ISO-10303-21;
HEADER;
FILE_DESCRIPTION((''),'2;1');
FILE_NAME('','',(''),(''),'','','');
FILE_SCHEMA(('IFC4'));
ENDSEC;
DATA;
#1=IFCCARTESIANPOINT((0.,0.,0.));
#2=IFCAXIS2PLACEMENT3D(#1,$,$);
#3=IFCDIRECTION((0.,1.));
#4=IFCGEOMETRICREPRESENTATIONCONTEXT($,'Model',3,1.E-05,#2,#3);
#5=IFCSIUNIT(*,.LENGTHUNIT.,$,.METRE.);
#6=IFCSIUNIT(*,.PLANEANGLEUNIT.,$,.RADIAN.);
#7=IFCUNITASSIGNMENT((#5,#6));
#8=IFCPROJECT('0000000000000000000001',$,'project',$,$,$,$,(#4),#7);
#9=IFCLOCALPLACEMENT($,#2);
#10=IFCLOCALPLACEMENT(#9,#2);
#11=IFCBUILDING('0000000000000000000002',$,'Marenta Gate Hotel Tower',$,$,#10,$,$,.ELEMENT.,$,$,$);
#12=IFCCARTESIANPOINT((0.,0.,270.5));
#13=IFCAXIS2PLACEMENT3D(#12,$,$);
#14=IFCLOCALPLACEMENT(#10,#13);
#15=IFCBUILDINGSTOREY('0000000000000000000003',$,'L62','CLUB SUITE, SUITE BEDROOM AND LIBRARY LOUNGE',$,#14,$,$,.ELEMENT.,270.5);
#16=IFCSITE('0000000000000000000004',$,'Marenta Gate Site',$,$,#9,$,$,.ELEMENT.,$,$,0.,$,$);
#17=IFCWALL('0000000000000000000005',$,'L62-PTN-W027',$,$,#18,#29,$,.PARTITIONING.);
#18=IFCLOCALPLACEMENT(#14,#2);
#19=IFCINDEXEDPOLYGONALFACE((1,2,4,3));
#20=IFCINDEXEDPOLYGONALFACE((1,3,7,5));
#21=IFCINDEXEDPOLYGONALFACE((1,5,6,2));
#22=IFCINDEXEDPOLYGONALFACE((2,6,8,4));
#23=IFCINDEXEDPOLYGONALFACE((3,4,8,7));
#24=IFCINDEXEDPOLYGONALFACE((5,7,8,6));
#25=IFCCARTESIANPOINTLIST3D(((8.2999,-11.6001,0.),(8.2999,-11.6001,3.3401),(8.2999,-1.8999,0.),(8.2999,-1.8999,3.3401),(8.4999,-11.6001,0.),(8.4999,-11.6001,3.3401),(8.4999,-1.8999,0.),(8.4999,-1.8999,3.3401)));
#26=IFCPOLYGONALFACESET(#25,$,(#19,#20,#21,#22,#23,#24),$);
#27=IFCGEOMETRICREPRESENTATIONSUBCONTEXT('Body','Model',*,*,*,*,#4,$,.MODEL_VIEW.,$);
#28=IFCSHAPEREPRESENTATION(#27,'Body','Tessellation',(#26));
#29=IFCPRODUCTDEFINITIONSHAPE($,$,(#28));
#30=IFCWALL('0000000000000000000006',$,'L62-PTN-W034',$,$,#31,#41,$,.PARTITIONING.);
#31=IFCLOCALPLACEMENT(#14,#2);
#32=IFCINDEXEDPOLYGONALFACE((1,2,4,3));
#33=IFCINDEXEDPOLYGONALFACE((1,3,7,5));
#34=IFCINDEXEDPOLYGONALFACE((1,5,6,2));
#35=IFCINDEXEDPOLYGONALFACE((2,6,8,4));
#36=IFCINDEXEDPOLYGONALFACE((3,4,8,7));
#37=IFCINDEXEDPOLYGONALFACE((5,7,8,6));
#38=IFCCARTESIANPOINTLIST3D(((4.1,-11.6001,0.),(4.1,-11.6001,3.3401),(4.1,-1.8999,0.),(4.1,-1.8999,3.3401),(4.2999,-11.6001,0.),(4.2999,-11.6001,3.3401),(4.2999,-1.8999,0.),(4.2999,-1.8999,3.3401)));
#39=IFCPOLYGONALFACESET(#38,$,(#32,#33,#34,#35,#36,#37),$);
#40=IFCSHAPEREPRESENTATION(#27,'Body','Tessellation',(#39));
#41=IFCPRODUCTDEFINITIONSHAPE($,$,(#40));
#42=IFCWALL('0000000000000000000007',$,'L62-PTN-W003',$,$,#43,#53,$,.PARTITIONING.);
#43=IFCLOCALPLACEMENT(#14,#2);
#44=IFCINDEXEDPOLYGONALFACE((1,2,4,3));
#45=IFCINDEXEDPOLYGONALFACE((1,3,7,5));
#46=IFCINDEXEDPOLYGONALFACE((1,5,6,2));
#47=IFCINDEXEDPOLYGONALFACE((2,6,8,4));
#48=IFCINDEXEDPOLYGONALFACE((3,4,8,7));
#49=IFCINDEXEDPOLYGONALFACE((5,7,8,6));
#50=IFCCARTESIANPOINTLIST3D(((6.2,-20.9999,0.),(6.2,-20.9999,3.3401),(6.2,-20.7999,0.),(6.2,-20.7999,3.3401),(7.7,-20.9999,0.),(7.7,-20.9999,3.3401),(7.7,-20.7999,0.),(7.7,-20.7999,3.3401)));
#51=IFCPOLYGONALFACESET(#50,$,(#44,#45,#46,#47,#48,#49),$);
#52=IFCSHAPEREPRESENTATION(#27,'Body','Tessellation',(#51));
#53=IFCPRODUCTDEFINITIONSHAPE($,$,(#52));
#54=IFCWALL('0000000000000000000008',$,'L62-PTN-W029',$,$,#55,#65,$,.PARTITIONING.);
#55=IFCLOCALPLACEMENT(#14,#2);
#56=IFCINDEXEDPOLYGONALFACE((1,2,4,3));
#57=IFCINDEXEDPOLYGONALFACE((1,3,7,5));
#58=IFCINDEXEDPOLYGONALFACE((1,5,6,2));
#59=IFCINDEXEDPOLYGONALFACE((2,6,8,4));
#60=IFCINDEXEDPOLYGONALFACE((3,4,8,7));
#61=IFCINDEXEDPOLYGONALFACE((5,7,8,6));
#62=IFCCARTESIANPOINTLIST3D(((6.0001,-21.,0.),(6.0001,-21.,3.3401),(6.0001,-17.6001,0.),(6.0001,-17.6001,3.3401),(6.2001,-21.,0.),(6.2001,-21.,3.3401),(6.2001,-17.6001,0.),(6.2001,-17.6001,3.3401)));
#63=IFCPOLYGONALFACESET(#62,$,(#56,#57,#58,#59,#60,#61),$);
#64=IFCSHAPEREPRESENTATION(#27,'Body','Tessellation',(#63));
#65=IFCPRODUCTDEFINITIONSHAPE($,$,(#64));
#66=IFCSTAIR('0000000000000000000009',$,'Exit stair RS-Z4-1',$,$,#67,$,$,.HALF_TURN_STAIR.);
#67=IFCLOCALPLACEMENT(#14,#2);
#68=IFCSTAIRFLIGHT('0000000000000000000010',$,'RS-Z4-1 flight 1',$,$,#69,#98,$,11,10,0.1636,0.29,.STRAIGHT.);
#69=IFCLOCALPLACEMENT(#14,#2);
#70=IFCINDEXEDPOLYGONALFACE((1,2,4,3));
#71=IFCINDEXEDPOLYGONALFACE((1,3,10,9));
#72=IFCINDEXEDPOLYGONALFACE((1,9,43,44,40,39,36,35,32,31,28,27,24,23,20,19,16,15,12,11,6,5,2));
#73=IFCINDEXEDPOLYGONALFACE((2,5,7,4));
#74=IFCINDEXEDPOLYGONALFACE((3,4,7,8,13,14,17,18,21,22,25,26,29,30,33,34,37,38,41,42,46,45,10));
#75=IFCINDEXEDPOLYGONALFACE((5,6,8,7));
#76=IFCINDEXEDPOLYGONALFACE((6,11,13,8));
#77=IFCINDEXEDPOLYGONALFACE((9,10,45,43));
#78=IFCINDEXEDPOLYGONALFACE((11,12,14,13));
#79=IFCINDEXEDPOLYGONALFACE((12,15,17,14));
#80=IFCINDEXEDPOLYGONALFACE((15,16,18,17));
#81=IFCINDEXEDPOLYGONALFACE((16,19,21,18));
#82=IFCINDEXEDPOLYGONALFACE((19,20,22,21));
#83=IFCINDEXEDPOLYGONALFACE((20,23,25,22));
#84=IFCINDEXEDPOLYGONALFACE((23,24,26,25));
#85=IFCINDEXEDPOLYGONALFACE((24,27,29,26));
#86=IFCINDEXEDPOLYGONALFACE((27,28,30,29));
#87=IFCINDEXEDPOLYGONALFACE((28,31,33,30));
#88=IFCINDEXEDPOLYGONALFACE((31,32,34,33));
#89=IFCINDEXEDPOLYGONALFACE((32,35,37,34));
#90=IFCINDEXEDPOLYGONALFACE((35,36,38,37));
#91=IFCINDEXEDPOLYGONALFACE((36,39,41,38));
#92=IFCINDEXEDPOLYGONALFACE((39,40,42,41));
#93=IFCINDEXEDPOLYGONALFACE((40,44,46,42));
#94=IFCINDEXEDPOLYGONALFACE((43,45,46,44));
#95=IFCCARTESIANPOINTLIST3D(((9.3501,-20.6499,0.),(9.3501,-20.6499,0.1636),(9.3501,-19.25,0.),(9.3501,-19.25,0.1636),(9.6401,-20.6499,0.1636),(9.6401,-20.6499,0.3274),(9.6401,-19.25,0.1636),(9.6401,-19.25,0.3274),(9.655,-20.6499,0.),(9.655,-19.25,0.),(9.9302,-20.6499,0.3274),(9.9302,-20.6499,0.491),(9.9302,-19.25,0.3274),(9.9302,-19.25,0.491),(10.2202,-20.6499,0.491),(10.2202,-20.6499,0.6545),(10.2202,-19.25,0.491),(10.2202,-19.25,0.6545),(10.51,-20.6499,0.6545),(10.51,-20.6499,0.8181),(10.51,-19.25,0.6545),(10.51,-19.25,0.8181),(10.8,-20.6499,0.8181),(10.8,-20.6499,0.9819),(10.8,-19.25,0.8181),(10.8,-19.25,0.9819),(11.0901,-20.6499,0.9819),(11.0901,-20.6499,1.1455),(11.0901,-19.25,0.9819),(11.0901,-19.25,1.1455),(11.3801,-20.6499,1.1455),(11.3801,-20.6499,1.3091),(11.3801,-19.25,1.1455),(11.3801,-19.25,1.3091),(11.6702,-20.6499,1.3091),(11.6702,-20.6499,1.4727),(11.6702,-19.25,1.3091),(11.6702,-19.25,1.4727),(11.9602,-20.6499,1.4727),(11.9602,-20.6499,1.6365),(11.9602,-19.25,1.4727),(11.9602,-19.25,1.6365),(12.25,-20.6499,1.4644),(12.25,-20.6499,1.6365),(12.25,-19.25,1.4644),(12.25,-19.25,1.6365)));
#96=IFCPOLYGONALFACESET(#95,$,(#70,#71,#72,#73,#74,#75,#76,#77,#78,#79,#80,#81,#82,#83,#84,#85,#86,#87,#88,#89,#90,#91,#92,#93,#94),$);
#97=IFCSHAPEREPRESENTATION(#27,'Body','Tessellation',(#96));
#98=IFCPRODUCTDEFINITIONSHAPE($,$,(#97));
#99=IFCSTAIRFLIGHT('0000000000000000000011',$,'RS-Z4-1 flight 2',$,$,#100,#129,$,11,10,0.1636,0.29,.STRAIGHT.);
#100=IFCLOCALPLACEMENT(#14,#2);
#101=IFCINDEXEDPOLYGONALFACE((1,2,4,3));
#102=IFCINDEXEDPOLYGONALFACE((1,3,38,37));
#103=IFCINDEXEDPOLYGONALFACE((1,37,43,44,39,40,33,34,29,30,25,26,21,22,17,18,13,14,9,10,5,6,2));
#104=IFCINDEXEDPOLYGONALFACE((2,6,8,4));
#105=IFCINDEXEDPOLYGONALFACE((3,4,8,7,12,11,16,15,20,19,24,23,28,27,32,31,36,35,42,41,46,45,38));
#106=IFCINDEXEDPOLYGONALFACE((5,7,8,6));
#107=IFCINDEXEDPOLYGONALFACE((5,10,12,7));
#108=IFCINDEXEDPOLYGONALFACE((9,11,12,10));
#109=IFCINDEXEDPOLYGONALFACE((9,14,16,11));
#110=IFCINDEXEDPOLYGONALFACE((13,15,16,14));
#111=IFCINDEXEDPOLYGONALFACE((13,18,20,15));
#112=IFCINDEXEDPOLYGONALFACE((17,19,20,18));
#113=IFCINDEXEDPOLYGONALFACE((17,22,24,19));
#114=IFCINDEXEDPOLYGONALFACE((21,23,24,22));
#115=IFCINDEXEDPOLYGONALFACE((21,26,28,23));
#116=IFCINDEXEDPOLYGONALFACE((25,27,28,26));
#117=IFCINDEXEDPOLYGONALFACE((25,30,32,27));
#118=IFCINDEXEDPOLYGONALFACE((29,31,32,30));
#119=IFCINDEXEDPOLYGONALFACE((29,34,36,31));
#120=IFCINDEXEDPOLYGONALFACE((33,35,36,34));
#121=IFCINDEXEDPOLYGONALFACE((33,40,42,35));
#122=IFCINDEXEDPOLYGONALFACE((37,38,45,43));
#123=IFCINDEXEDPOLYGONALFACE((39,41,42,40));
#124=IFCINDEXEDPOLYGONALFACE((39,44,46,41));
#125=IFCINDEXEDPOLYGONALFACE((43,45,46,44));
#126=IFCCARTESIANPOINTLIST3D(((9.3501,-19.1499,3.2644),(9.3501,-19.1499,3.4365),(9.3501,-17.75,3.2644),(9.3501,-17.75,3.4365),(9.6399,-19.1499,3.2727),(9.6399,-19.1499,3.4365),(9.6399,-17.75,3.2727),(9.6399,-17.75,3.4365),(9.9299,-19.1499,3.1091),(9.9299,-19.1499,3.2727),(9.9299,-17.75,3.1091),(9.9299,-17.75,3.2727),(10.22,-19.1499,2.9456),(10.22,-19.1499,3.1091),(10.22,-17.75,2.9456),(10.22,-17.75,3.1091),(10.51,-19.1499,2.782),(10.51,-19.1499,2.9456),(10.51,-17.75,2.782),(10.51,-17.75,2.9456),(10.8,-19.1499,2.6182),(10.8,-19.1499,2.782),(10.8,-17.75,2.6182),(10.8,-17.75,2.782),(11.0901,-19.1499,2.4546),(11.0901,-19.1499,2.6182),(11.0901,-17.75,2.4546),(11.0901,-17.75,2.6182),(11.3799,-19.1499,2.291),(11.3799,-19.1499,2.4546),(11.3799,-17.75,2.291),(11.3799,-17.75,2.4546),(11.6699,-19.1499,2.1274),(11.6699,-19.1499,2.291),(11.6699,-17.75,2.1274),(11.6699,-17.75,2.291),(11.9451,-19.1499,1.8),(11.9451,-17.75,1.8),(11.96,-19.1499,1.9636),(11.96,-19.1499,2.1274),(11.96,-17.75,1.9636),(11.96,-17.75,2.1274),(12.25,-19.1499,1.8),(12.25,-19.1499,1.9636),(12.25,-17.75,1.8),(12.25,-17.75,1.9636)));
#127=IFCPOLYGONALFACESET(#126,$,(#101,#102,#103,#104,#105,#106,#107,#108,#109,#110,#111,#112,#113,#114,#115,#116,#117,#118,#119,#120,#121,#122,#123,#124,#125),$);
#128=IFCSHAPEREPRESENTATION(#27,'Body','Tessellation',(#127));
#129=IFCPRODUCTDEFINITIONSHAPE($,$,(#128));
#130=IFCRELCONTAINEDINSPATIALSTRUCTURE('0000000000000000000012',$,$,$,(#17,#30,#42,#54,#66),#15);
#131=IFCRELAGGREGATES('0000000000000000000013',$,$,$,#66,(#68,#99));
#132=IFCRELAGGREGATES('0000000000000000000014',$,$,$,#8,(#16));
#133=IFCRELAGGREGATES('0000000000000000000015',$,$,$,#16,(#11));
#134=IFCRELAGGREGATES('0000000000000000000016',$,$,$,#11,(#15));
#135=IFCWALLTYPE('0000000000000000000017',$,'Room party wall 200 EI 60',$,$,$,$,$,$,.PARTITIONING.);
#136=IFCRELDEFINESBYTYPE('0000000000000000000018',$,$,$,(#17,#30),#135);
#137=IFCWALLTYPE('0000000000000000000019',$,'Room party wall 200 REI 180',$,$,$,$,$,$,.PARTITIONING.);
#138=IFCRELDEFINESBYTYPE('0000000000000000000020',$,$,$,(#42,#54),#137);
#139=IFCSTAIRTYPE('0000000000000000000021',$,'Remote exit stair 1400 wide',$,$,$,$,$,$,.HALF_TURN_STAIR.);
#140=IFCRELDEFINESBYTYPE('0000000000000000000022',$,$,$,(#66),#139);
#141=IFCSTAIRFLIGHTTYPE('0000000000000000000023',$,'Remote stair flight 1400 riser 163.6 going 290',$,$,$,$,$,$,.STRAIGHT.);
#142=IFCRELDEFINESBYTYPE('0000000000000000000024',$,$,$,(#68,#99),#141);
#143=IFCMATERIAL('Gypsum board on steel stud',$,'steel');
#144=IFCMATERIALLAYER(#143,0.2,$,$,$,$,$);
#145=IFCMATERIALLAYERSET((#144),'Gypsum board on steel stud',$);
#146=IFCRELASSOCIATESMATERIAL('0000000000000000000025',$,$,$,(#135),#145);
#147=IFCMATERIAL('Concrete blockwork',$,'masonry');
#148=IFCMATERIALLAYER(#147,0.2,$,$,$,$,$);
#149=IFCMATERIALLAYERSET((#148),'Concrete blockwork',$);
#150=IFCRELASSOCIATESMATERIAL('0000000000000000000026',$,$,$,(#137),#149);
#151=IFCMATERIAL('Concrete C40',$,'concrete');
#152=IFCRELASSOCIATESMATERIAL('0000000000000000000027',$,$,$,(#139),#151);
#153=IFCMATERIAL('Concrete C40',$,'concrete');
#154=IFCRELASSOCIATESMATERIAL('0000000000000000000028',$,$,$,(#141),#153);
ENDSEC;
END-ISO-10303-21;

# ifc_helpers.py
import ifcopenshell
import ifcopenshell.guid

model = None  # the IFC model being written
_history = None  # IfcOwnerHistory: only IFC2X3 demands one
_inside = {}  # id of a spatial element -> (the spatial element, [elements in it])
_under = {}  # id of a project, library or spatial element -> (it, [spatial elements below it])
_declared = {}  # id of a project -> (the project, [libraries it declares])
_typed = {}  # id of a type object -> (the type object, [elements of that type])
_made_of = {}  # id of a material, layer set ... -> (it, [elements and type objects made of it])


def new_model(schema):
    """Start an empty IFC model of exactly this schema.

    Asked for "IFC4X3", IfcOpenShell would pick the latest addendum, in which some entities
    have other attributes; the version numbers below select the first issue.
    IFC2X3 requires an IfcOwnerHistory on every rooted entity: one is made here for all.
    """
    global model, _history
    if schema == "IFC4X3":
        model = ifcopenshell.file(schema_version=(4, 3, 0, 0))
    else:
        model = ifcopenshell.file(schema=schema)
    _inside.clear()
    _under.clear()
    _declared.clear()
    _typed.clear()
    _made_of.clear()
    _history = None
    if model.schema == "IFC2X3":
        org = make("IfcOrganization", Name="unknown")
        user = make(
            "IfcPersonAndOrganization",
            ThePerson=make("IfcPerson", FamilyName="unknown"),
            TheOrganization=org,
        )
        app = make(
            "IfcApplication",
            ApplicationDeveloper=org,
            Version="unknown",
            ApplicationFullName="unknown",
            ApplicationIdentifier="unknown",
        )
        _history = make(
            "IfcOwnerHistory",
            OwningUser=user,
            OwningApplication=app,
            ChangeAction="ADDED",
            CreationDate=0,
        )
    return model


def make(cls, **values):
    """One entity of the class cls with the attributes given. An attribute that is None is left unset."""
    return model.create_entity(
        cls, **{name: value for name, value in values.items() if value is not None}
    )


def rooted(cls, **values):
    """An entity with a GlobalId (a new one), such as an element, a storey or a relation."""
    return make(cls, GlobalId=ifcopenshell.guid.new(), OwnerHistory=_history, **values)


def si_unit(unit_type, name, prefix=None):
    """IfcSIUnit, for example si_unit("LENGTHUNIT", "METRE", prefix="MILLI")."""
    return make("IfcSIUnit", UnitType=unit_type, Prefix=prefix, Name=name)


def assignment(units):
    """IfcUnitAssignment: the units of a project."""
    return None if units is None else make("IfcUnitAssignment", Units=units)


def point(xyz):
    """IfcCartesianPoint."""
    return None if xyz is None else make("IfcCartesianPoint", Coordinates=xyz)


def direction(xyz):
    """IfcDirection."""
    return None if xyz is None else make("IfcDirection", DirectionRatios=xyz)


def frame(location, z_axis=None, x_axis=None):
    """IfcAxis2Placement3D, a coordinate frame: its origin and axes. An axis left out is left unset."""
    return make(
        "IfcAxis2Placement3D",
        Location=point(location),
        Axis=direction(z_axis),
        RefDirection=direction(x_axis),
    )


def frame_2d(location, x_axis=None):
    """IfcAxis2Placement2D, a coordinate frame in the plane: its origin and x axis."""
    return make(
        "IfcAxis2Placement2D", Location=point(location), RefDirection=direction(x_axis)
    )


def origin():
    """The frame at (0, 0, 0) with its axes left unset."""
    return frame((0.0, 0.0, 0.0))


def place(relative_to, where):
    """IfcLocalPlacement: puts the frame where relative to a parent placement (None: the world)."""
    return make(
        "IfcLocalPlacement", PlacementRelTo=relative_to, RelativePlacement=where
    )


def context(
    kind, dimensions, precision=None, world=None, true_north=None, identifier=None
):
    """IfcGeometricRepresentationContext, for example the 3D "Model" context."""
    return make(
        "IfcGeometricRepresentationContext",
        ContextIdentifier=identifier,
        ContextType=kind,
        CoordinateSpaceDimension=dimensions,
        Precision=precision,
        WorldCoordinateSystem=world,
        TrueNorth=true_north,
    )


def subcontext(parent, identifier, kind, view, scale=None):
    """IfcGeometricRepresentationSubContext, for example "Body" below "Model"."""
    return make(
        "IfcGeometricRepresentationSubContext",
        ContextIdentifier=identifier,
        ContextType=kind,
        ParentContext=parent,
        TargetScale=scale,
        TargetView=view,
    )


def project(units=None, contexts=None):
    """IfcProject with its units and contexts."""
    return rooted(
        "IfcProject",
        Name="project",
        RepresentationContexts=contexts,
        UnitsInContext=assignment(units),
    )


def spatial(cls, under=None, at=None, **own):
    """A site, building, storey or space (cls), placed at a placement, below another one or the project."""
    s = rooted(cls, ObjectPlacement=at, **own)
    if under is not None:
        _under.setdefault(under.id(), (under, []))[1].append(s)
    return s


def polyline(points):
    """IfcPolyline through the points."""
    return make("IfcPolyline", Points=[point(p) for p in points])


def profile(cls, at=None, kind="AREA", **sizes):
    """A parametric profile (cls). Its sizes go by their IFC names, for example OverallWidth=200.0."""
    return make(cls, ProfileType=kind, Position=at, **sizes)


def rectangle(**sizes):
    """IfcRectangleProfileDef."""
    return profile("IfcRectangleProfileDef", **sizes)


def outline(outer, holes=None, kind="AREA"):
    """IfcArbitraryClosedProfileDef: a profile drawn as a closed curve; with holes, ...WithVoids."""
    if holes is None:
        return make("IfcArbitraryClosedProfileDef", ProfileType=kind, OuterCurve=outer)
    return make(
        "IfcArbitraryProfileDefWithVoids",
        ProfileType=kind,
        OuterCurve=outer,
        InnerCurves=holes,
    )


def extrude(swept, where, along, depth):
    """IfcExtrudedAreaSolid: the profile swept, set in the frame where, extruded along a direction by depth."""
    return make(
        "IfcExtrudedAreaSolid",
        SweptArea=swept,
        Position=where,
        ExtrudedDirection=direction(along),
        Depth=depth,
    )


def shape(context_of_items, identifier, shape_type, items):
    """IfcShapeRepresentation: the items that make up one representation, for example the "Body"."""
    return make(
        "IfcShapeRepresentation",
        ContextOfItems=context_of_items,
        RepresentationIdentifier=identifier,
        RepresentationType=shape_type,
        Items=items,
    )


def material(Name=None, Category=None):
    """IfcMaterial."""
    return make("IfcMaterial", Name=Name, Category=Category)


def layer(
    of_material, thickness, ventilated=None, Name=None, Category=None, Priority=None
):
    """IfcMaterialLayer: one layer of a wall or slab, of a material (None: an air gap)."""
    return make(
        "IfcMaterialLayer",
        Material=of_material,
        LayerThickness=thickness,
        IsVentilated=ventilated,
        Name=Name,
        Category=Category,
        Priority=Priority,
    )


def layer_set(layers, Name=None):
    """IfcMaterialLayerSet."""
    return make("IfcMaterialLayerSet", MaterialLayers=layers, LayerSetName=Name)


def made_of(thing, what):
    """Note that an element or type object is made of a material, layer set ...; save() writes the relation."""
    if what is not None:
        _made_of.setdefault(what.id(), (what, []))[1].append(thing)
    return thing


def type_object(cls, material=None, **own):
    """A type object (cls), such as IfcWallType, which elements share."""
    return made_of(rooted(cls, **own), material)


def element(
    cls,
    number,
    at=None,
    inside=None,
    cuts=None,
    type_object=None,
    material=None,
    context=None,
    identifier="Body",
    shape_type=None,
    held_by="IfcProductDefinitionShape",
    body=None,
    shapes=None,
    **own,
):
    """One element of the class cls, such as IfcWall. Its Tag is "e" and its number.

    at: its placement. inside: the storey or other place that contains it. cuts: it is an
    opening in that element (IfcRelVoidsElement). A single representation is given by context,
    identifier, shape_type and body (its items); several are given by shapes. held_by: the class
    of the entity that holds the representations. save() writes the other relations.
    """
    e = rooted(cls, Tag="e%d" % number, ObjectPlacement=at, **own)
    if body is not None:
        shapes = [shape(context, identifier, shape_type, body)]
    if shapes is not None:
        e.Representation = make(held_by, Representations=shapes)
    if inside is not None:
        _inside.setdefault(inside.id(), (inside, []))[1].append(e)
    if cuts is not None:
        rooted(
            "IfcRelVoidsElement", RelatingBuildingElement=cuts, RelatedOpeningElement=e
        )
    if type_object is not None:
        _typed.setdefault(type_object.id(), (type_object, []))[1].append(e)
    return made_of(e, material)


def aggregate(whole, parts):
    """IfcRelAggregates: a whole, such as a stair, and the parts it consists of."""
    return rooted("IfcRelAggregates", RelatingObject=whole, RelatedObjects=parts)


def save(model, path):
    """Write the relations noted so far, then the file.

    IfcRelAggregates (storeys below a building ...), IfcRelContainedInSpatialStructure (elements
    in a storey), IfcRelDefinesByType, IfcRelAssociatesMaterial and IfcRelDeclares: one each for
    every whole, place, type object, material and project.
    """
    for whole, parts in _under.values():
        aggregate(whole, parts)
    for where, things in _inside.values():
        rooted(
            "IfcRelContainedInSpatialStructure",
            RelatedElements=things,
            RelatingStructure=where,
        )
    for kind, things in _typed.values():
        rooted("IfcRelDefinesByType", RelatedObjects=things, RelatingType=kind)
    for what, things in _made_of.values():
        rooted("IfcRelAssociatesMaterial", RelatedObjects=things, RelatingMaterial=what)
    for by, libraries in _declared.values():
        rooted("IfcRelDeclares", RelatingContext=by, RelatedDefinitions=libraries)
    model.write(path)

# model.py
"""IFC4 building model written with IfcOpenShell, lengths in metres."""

from ifc_helpers import new_model, si_unit, direction, frame, frame_2d, origin, place, context, subcontext, project, spatial, polyline, rectangle, outline, extrude, material, layer, layer_set, type_object, element, aggregate, save


model = new_model("IFC4")

# Units and contexts
model_context = context("Model", 3, precision=1e-05, world=origin(), true_north=direction((0.0, 1.0)))
body_context = subcontext(model_context, "Body", "Model", "MODEL_VIEW")
ifc_project = project(units=[si_unit("LENGTHUNIT", "METRE"), si_unit("PLANEANGLEUNIT", "RADIAN")], contexts=[model_context])

# Site, building, storey
site_placement = place(None, origin())
site = spatial("IfcSite", under=ifc_project, at=site_placement, Name="Marenta Gate Site", CompositionType="ELEMENT", RefElevation=0.0)
building_placement = place(site_placement, origin())
building = spatial("IfcBuilding", under=site, at=building_placement, Name="Marenta Gate Hotel Tower", CompositionType="ELEMENT")
storey_placement = place(building_placement, frame((0.0, 0.0, 270.5)))
storey = spatial("IfcBuildingStorey", under=building, at=storey_placement, Name="L62", Description="CLUB SUITE, SUITE BEDROOM AND LIBRARY LOUNGE", CompositionType="ELEMENT", Elevation=270.5)

# Walls
ifc_material_1 = material(Name="Gypsum board on steel stud", Category="steel")
ifc_layer_1 = layer(ifc_material_1, 0.2)
ifc_layer_set_1 = layer_set([ifc_layer_1], Name="Gypsum board on steel stud")
wall_type_1 = type_object("IfcWallType", Name="Room party wall 200 EI 60", PredefinedType="PARTITIONING", material=ifc_layer_set_1)
for number, where, z_axis, x_axis, name in (
    (1, (8.3999, -11.6001, 0.0), (0.0, 0.0, 1.0), (0.0, 1.0, 0.0), "L62-PTN-W027"),
    (2, (4.2, -11.6001, 0.0), (0.0, 0.0, 1.0), (0.0, 1.0, 0.0), "L62-PTN-W034"),
):
    element("IfcWall", number, at=place(storey_placement, frame(where, z_axis=z_axis, x_axis=x_axis)), inside=storey, type_object=wall_type_1, Name=name, PredefinedType="PARTITIONING", context=body_context, shape_type="SweptSolid", body=[
        extrude(rectangle(XDim=9.7002, YDim=0.2, at=frame_2d((4.8501, 0.0))), origin(), (0.0, 0.0, 1.0), 3.3401),
    ])
ifc_material_2 = material(Name="Concrete blockwork", Category="masonry")
ifc_layer_2 = layer(ifc_material_2, 0.2)
ifc_layer_set_2 = layer_set([ifc_layer_2], Name="Concrete blockwork")
wall_type_2 = type_object("IfcWallType", Name="Room party wall 200 REI 180", PredefinedType="PARTITIONING", material=ifc_layer_set_2)
wall_1_placement = place(storey_placement, frame((6.2, -20.8999, 0.0), z_axis=(0.0, 0.0, 1.0), x_axis=(1.0, 0.0, 0.0)))
element("IfcWall", 3, at=wall_1_placement, inside=storey, type_object=wall_type_2, Name="L62-PTN-W003", PredefinedType="PARTITIONING", context=body_context, shape_type="SweptSolid", body=[
    extrude(rectangle(XDim=1.5, YDim=0.2, at=frame_2d((0.75, 0.0))), origin(), (0.0, 0.0, 1.0), 3.3401),
])
wall_2_placement = place(storey_placement, frame((6.1001, -21.0, 0.0), z_axis=(0.0, 0.0, 1.0), x_axis=(0.0, 1.0, 0.0)))
element("IfcWall", 4, at=wall_2_placement, inside=storey, type_object=wall_type_2, Name="L62-PTN-W029", PredefinedType="PARTITIONING", context=body_context, shape_type="SweptSolid", body=[
    extrude(rectangle(XDim=3.3999, YDim=0.2, at=frame_2d((1.7, 0.0))), origin(), (0.0, 0.0, 1.0), 3.3401),
])

# Stair, stair flights
ifc_material_3 = material(Name="Concrete C40", Category="concrete")
stair_type = type_object("IfcStairType", Name="Remote exit stair 1400 wide", PredefinedType="HALF_TURN_STAIR", material=ifc_material_3)
stair_placement = place(storey_placement, origin())
stair = element("IfcStair", 5, at=stair_placement, inside=storey, type_object=stair_type, Name="Exit stair RS-Z4-1", PredefinedType="HALF_TURN_STAIR")
ifc_material_4 = material(Name="Concrete C40", Category="concrete")
stair_flight_type = type_object("IfcStairFlightType", Name="Remote stair flight 1400 riser 163.6 going 290", PredefinedType="STRAIGHT", material=ifc_material_4)
stair_flight_1_placement = place(storey_placement, frame((9.3501, -19.95, 0.0), z_axis=(0.0, 0.0, 1.0), x_axis=(1.0, 0.0, 0.0)))
stair_flight_1 = element("IfcStairFlight", 6, at=stair_flight_1_placement, type_object=stair_flight_type, Name="RS-Z4-1 flight 1", NumberOfRisers=11, NumberOfTreads=10, PredefinedType="STRAIGHT", RiserHeight=0.1636, TreadLength=0.29, context=body_context, shape_type="SweptSolid", body=[
    extrude(outline(polyline([(0.0, 0.0), (0.0, 0.1636), (0.29, 0.1636), (0.29, 0.3274), (0.5801, 0.3274), (0.5801, 0.491), (0.8701, 0.491), (0.8701, 0.6545), (1.1599, 0.6545), (1.1599, 0.8181), (1.45, 0.8181), (1.45, 0.9819), (1.74, 0.9819), (1.74, 1.1455), (2.03, 1.1455), (2.03, 1.3091), (2.3201, 1.3091), (2.3201, 1.4727), (2.6101, 1.4727), (2.6101, 1.6365), (2.8999, 1.6365), (2.8999, 1.8), (2.8999, 1.4644), (0.3049, 0.0), (0.0, 0.0)])), frame((0.0, 0.7, 0.0), z_axis=(0.0, -1.0, 0.0), x_axis=(1.0, 0.0, 0.0)), (0.0, 0.0, 1.0), 1.3999),
])
stair_flight_2_placement = place(storey_placement, frame((12.25, -18.45, 1.8), z_axis=(0.0, 0.0, 1.0), x_axis=(-1.0, 0.0, 0.0)))
stair_flight_2 = element("IfcStairFlight", 7, at=stair_flight_2_placement, type_object=stair_flight_type, Name="RS-Z4-1 flight 2", NumberOfRisers=11, NumberOfTreads=10, PredefinedType="STRAIGHT", RiserHeight=0.1636, TreadLength=0.29, context=body_context, shape_type="SweptSolid", body=[
    extrude(outline(polyline([(0.0, 0.0), (0.0, 0.1636), (0.29, 0.1636), (0.29, 0.3274), (0.5801, 0.3274), (0.5801, 0.491), (0.8701, 0.491), (0.8701, 0.6545), (1.1599, 0.6545), (1.1599, 0.8181), (1.45, 0.8181), (1.45, 0.9819), (1.74, 0.9819), (1.74, 1.1455), (2.03, 1.1455), (2.03, 1.3091), (2.3201, 1.3091), (2.3201, 1.4727), (2.6101, 1.4727), (2.6101, 1.6365), (2.8999, 1.6365), (2.8999, 1.8), (2.8999, 1.4644), (0.3049, 0.0), (0.0, 0.0)])), frame((0.0, 0.7, 0.0), z_axis=(0.0, -1.0, 0.0), x_axis=(1.0, 0.0, 0.0)), (0.0, 0.0, 1.0), 1.3999),
])
aggregate(stair, [stair_flight_1, stair_flight_2])

save(model, "model.ifc")
